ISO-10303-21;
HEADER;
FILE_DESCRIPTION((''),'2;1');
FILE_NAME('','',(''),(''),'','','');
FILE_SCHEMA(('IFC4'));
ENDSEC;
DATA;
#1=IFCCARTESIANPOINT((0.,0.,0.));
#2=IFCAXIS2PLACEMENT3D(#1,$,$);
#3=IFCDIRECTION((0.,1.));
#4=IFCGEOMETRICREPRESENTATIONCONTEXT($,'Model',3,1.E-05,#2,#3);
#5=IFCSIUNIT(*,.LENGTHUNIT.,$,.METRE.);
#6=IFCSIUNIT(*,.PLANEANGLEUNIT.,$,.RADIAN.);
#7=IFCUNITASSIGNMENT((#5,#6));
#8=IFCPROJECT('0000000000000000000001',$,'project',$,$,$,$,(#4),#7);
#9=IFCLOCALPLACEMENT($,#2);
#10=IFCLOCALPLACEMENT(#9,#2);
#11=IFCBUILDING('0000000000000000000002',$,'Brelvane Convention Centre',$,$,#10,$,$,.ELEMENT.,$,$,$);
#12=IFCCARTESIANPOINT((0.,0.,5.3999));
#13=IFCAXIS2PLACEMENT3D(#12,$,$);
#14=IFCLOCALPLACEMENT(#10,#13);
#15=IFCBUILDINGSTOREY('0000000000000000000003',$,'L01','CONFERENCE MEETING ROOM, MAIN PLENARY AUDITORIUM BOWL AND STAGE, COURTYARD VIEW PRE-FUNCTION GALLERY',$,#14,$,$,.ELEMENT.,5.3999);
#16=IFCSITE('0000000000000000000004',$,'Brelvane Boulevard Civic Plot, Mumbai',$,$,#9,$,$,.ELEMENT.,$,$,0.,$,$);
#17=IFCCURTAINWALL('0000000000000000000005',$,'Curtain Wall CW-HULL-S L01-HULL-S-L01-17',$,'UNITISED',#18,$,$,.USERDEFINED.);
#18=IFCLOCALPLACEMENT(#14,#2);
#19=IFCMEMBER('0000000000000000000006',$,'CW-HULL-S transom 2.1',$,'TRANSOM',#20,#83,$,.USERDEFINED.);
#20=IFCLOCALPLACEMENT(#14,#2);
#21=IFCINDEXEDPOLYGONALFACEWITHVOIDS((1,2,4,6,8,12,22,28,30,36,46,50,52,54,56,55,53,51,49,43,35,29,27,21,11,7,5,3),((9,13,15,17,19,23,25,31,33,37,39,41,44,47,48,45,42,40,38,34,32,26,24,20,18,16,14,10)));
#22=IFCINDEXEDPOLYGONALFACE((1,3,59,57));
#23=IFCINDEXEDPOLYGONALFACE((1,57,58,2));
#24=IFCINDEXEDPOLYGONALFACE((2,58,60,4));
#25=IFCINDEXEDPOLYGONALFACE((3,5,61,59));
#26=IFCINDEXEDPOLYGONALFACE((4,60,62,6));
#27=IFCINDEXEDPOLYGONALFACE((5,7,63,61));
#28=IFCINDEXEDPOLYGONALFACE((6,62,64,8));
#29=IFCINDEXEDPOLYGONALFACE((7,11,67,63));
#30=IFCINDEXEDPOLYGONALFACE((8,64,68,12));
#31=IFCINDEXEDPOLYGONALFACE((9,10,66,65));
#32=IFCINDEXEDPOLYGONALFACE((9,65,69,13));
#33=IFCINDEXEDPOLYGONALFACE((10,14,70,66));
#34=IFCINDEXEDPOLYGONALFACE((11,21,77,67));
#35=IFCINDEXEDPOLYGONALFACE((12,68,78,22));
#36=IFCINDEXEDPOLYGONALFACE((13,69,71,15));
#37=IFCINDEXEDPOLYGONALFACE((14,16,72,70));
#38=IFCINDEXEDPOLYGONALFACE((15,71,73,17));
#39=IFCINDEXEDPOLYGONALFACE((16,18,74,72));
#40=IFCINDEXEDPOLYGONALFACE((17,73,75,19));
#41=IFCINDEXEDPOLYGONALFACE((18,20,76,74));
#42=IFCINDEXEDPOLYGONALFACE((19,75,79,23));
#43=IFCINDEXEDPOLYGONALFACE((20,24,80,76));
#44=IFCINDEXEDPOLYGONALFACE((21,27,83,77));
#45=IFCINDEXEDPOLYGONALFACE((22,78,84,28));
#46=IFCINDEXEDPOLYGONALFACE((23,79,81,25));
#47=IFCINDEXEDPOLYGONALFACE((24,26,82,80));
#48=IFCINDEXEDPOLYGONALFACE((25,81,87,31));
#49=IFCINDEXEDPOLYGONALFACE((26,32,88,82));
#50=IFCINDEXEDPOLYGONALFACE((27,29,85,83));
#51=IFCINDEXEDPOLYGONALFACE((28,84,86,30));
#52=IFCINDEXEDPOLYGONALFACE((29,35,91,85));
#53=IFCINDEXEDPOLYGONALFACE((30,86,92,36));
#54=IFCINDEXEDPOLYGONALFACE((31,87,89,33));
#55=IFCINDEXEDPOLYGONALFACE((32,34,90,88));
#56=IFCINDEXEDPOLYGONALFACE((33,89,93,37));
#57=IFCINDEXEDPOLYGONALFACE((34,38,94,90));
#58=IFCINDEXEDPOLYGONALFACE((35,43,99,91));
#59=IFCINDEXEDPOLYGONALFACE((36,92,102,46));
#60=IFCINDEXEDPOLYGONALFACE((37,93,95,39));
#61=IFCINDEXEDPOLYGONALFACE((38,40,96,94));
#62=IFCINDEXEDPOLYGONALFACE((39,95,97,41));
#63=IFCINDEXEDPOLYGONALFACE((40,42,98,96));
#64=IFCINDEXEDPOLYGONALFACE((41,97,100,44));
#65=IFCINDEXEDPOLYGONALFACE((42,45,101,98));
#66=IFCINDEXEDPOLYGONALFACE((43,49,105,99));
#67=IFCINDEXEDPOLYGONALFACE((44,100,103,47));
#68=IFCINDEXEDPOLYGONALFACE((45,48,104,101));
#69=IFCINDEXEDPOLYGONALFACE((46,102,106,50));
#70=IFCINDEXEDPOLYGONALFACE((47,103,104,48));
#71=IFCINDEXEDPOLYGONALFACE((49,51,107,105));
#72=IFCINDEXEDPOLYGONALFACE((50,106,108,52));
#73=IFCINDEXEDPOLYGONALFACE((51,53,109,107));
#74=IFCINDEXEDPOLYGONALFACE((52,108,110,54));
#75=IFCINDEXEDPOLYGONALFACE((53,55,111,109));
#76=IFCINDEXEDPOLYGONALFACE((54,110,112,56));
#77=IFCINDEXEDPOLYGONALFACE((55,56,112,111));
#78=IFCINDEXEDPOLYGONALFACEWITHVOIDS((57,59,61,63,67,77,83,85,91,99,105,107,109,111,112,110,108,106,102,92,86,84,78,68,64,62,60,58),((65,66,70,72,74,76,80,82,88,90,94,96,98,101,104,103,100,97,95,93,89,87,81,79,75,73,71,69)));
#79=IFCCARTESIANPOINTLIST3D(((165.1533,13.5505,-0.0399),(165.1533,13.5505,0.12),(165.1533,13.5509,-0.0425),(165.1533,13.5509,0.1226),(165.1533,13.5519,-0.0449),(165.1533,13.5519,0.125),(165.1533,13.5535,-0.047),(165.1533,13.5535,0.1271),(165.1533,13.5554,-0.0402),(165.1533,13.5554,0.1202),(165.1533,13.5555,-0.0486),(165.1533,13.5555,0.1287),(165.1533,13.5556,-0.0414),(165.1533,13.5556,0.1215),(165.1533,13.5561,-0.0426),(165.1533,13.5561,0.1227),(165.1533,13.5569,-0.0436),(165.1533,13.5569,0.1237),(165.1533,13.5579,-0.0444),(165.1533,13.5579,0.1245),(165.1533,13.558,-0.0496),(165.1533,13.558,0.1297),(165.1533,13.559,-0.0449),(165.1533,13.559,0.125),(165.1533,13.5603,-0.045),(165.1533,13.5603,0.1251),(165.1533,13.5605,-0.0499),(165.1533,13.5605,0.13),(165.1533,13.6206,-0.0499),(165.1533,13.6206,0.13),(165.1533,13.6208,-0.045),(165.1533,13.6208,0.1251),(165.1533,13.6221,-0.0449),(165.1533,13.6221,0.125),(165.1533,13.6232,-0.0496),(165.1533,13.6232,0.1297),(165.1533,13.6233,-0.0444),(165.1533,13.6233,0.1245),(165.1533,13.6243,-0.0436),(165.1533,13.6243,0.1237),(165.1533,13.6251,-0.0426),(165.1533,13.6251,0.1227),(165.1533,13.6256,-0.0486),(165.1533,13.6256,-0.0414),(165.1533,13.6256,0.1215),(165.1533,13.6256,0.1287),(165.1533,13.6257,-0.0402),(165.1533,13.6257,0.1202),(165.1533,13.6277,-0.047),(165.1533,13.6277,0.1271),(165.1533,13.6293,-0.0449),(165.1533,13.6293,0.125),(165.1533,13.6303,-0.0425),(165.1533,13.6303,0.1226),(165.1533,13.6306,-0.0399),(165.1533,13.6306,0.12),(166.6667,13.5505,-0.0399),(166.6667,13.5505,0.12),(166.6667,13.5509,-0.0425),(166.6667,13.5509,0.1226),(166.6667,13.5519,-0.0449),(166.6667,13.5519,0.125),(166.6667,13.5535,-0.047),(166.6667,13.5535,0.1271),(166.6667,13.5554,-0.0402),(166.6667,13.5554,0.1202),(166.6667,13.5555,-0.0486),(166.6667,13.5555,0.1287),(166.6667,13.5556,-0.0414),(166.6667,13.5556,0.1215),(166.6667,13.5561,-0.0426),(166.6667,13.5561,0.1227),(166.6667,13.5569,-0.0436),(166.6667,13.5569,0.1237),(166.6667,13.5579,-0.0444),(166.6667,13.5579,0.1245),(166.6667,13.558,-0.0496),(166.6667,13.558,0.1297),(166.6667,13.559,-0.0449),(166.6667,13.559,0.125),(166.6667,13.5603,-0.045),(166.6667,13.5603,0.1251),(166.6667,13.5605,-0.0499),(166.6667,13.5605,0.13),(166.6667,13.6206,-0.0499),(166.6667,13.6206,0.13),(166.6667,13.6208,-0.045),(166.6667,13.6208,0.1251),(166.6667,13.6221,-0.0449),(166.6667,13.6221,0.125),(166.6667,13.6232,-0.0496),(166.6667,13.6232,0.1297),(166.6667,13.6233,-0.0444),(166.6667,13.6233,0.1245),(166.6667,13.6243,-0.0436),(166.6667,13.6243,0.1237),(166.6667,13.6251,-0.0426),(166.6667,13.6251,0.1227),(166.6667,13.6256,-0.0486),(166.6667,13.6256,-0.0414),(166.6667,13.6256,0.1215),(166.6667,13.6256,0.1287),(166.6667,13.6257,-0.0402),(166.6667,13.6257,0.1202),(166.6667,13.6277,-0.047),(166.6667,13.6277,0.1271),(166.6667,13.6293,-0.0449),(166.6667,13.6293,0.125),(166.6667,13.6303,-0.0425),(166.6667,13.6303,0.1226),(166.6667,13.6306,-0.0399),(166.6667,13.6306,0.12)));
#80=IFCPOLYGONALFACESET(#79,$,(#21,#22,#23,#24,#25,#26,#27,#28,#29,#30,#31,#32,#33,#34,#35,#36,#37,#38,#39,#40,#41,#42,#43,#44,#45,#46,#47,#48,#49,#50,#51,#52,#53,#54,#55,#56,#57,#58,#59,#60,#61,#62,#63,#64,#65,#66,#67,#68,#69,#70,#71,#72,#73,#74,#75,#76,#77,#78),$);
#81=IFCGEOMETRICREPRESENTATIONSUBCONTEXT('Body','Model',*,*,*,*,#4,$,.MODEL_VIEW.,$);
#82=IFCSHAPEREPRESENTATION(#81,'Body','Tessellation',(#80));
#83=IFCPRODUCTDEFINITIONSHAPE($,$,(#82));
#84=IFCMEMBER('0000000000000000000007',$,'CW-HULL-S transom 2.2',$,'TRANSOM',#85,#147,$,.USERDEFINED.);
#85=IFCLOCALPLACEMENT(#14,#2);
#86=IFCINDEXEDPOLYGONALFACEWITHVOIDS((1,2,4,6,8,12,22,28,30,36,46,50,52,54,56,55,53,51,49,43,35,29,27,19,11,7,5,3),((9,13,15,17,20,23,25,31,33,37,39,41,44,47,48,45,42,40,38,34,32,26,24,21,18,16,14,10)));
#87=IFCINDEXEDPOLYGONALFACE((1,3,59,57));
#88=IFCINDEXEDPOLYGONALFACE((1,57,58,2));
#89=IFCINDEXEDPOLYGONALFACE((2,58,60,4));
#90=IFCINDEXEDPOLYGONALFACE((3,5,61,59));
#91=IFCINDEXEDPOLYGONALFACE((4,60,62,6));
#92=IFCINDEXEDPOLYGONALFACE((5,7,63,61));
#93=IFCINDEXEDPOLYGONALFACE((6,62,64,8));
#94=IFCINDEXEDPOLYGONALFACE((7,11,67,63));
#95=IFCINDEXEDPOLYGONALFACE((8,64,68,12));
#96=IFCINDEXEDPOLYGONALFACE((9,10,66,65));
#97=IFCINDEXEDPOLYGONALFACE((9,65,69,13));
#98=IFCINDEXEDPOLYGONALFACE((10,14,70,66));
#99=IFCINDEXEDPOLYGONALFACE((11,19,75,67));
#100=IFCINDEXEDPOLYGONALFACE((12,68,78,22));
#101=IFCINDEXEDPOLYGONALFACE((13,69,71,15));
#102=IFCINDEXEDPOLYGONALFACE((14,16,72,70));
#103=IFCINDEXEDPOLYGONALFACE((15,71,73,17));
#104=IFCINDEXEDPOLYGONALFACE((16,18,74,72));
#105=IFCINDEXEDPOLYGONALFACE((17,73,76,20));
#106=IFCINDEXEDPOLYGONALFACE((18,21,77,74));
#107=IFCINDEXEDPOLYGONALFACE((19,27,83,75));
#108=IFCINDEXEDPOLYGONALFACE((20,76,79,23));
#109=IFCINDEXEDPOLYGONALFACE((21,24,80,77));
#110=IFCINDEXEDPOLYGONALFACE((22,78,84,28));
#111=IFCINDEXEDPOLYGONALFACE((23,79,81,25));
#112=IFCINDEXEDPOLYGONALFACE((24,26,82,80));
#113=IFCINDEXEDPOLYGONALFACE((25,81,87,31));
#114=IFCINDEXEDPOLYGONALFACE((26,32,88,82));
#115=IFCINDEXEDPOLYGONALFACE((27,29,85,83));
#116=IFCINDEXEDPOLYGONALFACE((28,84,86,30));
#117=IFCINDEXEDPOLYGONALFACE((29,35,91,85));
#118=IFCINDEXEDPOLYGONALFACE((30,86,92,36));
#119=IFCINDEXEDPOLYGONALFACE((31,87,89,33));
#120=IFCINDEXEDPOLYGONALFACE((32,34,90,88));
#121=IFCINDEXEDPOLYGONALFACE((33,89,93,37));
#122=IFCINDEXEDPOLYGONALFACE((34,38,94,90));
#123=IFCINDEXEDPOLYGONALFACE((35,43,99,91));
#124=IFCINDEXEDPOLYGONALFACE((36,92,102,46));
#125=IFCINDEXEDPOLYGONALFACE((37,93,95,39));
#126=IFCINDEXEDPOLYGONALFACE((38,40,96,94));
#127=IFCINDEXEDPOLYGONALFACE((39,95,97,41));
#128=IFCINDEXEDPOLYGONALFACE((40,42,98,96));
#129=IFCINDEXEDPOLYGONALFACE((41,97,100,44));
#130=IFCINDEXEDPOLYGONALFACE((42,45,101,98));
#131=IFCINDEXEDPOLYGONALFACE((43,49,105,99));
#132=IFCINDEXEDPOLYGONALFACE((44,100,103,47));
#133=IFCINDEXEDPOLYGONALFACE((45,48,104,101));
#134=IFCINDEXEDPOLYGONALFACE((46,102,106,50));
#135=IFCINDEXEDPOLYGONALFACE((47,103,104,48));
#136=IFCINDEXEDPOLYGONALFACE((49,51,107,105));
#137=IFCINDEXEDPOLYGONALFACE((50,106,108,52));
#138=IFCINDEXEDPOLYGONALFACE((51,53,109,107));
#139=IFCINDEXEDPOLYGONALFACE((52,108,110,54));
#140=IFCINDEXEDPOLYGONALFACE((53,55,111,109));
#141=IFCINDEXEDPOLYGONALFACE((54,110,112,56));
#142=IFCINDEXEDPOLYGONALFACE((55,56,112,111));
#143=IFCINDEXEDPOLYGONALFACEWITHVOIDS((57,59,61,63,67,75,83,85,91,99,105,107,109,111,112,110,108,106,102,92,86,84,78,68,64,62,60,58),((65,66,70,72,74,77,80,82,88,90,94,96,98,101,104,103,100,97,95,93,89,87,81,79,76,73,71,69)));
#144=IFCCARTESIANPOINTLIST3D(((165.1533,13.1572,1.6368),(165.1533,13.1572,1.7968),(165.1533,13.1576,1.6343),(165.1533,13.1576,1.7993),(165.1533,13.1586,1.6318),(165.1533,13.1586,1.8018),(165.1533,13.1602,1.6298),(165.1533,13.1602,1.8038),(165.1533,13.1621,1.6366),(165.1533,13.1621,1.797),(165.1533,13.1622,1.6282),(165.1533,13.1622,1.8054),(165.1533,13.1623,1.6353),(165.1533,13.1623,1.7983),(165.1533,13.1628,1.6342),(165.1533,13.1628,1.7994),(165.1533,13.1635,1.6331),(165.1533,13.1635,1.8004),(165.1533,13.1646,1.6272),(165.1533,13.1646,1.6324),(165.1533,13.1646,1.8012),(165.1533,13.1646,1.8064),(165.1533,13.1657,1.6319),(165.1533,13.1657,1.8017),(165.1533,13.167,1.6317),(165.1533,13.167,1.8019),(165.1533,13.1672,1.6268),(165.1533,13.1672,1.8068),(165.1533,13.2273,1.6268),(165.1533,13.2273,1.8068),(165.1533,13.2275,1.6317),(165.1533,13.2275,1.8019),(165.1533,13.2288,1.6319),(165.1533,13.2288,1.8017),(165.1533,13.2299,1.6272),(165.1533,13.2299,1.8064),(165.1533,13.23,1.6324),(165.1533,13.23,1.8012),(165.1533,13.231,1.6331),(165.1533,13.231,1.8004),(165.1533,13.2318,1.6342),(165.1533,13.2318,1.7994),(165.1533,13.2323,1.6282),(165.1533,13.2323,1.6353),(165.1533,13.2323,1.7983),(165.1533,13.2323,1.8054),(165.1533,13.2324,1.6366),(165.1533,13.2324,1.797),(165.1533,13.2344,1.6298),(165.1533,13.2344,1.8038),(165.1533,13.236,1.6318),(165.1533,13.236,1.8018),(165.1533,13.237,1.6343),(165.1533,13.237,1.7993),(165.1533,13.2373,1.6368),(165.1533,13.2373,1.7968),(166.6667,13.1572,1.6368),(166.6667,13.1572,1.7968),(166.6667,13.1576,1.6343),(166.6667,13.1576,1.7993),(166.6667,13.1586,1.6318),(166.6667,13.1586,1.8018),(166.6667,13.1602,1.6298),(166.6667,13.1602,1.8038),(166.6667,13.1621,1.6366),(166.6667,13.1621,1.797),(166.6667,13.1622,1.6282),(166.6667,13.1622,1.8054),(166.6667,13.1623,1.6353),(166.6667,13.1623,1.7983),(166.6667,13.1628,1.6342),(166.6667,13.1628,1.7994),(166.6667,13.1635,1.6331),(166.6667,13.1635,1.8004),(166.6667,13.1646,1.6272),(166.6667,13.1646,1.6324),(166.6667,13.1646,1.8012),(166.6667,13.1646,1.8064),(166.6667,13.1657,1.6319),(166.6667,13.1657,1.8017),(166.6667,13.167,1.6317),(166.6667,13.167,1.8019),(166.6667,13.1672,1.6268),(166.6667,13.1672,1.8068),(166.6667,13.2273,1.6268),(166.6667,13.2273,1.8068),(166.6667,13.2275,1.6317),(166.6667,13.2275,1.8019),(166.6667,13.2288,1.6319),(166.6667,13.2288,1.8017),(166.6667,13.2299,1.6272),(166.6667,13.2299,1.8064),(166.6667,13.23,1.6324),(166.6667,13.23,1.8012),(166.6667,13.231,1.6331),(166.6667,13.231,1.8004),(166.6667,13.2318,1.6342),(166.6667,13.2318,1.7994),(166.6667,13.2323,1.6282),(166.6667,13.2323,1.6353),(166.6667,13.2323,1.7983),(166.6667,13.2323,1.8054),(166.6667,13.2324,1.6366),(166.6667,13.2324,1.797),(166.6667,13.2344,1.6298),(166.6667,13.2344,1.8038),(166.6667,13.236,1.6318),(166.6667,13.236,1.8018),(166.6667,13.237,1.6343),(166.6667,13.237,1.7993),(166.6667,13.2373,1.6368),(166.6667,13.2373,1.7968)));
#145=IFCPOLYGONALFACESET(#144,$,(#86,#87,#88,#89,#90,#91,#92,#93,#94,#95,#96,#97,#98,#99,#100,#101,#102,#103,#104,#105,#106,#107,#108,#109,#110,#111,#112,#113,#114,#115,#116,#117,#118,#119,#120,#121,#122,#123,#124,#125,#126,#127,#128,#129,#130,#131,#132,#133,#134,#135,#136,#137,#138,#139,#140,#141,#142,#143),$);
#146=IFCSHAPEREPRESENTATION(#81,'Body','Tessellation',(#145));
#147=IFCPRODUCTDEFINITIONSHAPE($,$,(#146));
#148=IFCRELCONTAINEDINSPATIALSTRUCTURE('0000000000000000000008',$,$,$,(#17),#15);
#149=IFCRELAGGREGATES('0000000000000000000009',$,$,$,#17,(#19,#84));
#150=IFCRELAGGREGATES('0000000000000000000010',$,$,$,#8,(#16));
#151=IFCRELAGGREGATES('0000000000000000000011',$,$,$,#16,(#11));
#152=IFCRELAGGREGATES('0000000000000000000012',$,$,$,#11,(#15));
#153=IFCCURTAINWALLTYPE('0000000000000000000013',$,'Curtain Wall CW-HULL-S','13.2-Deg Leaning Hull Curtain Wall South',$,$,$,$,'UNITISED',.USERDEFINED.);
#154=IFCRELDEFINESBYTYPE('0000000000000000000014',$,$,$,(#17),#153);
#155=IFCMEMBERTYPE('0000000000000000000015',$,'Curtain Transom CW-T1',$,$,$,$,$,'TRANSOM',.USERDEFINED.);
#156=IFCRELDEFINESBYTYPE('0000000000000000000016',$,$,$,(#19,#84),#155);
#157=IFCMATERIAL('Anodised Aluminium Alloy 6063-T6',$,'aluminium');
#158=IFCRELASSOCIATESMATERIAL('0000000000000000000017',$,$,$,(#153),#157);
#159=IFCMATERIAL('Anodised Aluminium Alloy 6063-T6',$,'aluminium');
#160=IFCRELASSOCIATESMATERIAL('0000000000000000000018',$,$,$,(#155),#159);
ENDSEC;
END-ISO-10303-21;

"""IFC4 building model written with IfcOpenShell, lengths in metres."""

from ifc_helpers import new_model, si_unit, direction, frame, origin, origin_2d, place, context, subcontext, project, spatial, hollow_rectangle, extrude, material, material_profile, profile_set, type_object, element, aggregate, save


model = new_model("IFC4")

# Units and contexts
model_context = context("Model", 3, precision=1e-05, world=origin(), true_north=direction((0.0, 1.0)))
body_context = subcontext(model_context, "Body", "Model", "MODEL_VIEW")
ifc_project = project(units=[si_unit("LENGTHUNIT", "METRE"), si_unit("PLANEANGLEUNIT", "RADIAN")], contexts=[model_context])

# Site, building, storey
site_placement = place(None, origin())
site = spatial("IfcSite", under=ifc_project, at=site_placement, Name="Brelvane Boulevard Civic Plot, Mumbai", CompositionType="ELEMENT", RefElevation=0.0)
building_placement = place(site_placement, origin())
building = spatial("IfcBuilding", under=site, at=building_placement, Name="Brelvane Convention Centre", CompositionType="ELEMENT")
storey_placement = place(building_placement, frame((0.0, 0.0, 5.3999)))
storey = spatial("IfcBuildingStorey", under=building, at=storey_placement, Name="L01", Description="CONFERENCE MEETING ROOM, MAIN PLENARY AUDITORIUM BOWL AND STAGE, COURTYARD VIEW PRE-FUNCTION GALLERY", CompositionType="ELEMENT", Elevation=5.3999)

# Curtain wall, members
ifc_material_1 = material(Name="Anodised Aluminium Alloy 6063-T6", Category="aluminium")
curtain_wall_type = type_object("IfcCurtainWallType", Name="Curtain Wall CW-HULL-S", Description="13.2-Deg Leaning Hull Curtain Wall South", ElementType="UNITISED", PredefinedType="USERDEFINED", material=ifc_material_1)
ifc_material_2 = material(Name="Anodised Aluminium Alloy 6063-T6", Category="aluminium")
ifc_material_profile = material_profile(ifc_material_2, hollow_rectangle(XDim=0.0801, YDim=0.1799, WallThickness=0.0049, InnerFilletRadius=0.0049, OuterFilletRadius=0.01, at=origin_2d()), Name="ALU-T 180x80x5.0")
ifc_profile_set = profile_set([ifc_material_profile], Name="Anodised Aluminium Alloy 6063-T6")
member_type = type_object("IfcMemberType", Name="Curtain Transom CW-T1", ElementType="TRANSOM", PredefinedType="USERDEFINED", material=ifc_profile_set)
curtain_wall_1_placement = place(storey_placement, origin())
curtain_wall_1 = element("IfcCurtainWall", 1, at=curtain_wall_1_placement, inside=storey, type_object=curtain_wall_type, Name="Curtain Wall CW-HULL-S L01-HULL-S-L01-17", ObjectType="UNITISED", PredefinedType="USERDEFINED")
member_1_placement = place(storey_placement, frame((165.1533, 13.5906, 0.04), z_axis=(1.0, 0.0, 0.0), x_axis=(0.0, 1.0, 0.0)))
member_1 = element("IfcMember", 2, at=member_1_placement, type_object=member_type, Name="CW-HULL-S transom 2.1", ObjectType="TRANSOM", PredefinedType="USERDEFINED", context=body_context, shape_type="SweptSolid", body=[
    extrude(hollow_rectangle(XDim=0.0801, YDim=0.1799, WallThickness=0.0049, InnerFilletRadius=0.0049, OuterFilletRadius=0.01, at=origin_2d()), origin(), (0.0, 0.0, 1.0), 1.5134),
])
member_2_placement = place(storey_placement, frame((165.1533, 13.1973, 1.7168), z_axis=(1.0, 0.0, 0.0), x_axis=(0.0, 1.0, 0.0)))
member_2 = element("IfcMember", 3, at=member_2_placement, type_object=member_type, Name="CW-HULL-S transom 2.2", ObjectType="TRANSOM", PredefinedType="USERDEFINED", context=body_context, shape_type="SweptSolid", body=[
    extrude(hollow_rectangle(XDim=0.0801, YDim=0.1799, WallThickness=0.0049, InnerFilletRadius=0.0049, OuterFilletRadius=0.01, at=origin_2d()), origin(), (0.0, 0.0, 1.0), 1.5134),
])

aggregate(curtain_wall_1, [member_1, member_2])

save(model, "model.ifc")
